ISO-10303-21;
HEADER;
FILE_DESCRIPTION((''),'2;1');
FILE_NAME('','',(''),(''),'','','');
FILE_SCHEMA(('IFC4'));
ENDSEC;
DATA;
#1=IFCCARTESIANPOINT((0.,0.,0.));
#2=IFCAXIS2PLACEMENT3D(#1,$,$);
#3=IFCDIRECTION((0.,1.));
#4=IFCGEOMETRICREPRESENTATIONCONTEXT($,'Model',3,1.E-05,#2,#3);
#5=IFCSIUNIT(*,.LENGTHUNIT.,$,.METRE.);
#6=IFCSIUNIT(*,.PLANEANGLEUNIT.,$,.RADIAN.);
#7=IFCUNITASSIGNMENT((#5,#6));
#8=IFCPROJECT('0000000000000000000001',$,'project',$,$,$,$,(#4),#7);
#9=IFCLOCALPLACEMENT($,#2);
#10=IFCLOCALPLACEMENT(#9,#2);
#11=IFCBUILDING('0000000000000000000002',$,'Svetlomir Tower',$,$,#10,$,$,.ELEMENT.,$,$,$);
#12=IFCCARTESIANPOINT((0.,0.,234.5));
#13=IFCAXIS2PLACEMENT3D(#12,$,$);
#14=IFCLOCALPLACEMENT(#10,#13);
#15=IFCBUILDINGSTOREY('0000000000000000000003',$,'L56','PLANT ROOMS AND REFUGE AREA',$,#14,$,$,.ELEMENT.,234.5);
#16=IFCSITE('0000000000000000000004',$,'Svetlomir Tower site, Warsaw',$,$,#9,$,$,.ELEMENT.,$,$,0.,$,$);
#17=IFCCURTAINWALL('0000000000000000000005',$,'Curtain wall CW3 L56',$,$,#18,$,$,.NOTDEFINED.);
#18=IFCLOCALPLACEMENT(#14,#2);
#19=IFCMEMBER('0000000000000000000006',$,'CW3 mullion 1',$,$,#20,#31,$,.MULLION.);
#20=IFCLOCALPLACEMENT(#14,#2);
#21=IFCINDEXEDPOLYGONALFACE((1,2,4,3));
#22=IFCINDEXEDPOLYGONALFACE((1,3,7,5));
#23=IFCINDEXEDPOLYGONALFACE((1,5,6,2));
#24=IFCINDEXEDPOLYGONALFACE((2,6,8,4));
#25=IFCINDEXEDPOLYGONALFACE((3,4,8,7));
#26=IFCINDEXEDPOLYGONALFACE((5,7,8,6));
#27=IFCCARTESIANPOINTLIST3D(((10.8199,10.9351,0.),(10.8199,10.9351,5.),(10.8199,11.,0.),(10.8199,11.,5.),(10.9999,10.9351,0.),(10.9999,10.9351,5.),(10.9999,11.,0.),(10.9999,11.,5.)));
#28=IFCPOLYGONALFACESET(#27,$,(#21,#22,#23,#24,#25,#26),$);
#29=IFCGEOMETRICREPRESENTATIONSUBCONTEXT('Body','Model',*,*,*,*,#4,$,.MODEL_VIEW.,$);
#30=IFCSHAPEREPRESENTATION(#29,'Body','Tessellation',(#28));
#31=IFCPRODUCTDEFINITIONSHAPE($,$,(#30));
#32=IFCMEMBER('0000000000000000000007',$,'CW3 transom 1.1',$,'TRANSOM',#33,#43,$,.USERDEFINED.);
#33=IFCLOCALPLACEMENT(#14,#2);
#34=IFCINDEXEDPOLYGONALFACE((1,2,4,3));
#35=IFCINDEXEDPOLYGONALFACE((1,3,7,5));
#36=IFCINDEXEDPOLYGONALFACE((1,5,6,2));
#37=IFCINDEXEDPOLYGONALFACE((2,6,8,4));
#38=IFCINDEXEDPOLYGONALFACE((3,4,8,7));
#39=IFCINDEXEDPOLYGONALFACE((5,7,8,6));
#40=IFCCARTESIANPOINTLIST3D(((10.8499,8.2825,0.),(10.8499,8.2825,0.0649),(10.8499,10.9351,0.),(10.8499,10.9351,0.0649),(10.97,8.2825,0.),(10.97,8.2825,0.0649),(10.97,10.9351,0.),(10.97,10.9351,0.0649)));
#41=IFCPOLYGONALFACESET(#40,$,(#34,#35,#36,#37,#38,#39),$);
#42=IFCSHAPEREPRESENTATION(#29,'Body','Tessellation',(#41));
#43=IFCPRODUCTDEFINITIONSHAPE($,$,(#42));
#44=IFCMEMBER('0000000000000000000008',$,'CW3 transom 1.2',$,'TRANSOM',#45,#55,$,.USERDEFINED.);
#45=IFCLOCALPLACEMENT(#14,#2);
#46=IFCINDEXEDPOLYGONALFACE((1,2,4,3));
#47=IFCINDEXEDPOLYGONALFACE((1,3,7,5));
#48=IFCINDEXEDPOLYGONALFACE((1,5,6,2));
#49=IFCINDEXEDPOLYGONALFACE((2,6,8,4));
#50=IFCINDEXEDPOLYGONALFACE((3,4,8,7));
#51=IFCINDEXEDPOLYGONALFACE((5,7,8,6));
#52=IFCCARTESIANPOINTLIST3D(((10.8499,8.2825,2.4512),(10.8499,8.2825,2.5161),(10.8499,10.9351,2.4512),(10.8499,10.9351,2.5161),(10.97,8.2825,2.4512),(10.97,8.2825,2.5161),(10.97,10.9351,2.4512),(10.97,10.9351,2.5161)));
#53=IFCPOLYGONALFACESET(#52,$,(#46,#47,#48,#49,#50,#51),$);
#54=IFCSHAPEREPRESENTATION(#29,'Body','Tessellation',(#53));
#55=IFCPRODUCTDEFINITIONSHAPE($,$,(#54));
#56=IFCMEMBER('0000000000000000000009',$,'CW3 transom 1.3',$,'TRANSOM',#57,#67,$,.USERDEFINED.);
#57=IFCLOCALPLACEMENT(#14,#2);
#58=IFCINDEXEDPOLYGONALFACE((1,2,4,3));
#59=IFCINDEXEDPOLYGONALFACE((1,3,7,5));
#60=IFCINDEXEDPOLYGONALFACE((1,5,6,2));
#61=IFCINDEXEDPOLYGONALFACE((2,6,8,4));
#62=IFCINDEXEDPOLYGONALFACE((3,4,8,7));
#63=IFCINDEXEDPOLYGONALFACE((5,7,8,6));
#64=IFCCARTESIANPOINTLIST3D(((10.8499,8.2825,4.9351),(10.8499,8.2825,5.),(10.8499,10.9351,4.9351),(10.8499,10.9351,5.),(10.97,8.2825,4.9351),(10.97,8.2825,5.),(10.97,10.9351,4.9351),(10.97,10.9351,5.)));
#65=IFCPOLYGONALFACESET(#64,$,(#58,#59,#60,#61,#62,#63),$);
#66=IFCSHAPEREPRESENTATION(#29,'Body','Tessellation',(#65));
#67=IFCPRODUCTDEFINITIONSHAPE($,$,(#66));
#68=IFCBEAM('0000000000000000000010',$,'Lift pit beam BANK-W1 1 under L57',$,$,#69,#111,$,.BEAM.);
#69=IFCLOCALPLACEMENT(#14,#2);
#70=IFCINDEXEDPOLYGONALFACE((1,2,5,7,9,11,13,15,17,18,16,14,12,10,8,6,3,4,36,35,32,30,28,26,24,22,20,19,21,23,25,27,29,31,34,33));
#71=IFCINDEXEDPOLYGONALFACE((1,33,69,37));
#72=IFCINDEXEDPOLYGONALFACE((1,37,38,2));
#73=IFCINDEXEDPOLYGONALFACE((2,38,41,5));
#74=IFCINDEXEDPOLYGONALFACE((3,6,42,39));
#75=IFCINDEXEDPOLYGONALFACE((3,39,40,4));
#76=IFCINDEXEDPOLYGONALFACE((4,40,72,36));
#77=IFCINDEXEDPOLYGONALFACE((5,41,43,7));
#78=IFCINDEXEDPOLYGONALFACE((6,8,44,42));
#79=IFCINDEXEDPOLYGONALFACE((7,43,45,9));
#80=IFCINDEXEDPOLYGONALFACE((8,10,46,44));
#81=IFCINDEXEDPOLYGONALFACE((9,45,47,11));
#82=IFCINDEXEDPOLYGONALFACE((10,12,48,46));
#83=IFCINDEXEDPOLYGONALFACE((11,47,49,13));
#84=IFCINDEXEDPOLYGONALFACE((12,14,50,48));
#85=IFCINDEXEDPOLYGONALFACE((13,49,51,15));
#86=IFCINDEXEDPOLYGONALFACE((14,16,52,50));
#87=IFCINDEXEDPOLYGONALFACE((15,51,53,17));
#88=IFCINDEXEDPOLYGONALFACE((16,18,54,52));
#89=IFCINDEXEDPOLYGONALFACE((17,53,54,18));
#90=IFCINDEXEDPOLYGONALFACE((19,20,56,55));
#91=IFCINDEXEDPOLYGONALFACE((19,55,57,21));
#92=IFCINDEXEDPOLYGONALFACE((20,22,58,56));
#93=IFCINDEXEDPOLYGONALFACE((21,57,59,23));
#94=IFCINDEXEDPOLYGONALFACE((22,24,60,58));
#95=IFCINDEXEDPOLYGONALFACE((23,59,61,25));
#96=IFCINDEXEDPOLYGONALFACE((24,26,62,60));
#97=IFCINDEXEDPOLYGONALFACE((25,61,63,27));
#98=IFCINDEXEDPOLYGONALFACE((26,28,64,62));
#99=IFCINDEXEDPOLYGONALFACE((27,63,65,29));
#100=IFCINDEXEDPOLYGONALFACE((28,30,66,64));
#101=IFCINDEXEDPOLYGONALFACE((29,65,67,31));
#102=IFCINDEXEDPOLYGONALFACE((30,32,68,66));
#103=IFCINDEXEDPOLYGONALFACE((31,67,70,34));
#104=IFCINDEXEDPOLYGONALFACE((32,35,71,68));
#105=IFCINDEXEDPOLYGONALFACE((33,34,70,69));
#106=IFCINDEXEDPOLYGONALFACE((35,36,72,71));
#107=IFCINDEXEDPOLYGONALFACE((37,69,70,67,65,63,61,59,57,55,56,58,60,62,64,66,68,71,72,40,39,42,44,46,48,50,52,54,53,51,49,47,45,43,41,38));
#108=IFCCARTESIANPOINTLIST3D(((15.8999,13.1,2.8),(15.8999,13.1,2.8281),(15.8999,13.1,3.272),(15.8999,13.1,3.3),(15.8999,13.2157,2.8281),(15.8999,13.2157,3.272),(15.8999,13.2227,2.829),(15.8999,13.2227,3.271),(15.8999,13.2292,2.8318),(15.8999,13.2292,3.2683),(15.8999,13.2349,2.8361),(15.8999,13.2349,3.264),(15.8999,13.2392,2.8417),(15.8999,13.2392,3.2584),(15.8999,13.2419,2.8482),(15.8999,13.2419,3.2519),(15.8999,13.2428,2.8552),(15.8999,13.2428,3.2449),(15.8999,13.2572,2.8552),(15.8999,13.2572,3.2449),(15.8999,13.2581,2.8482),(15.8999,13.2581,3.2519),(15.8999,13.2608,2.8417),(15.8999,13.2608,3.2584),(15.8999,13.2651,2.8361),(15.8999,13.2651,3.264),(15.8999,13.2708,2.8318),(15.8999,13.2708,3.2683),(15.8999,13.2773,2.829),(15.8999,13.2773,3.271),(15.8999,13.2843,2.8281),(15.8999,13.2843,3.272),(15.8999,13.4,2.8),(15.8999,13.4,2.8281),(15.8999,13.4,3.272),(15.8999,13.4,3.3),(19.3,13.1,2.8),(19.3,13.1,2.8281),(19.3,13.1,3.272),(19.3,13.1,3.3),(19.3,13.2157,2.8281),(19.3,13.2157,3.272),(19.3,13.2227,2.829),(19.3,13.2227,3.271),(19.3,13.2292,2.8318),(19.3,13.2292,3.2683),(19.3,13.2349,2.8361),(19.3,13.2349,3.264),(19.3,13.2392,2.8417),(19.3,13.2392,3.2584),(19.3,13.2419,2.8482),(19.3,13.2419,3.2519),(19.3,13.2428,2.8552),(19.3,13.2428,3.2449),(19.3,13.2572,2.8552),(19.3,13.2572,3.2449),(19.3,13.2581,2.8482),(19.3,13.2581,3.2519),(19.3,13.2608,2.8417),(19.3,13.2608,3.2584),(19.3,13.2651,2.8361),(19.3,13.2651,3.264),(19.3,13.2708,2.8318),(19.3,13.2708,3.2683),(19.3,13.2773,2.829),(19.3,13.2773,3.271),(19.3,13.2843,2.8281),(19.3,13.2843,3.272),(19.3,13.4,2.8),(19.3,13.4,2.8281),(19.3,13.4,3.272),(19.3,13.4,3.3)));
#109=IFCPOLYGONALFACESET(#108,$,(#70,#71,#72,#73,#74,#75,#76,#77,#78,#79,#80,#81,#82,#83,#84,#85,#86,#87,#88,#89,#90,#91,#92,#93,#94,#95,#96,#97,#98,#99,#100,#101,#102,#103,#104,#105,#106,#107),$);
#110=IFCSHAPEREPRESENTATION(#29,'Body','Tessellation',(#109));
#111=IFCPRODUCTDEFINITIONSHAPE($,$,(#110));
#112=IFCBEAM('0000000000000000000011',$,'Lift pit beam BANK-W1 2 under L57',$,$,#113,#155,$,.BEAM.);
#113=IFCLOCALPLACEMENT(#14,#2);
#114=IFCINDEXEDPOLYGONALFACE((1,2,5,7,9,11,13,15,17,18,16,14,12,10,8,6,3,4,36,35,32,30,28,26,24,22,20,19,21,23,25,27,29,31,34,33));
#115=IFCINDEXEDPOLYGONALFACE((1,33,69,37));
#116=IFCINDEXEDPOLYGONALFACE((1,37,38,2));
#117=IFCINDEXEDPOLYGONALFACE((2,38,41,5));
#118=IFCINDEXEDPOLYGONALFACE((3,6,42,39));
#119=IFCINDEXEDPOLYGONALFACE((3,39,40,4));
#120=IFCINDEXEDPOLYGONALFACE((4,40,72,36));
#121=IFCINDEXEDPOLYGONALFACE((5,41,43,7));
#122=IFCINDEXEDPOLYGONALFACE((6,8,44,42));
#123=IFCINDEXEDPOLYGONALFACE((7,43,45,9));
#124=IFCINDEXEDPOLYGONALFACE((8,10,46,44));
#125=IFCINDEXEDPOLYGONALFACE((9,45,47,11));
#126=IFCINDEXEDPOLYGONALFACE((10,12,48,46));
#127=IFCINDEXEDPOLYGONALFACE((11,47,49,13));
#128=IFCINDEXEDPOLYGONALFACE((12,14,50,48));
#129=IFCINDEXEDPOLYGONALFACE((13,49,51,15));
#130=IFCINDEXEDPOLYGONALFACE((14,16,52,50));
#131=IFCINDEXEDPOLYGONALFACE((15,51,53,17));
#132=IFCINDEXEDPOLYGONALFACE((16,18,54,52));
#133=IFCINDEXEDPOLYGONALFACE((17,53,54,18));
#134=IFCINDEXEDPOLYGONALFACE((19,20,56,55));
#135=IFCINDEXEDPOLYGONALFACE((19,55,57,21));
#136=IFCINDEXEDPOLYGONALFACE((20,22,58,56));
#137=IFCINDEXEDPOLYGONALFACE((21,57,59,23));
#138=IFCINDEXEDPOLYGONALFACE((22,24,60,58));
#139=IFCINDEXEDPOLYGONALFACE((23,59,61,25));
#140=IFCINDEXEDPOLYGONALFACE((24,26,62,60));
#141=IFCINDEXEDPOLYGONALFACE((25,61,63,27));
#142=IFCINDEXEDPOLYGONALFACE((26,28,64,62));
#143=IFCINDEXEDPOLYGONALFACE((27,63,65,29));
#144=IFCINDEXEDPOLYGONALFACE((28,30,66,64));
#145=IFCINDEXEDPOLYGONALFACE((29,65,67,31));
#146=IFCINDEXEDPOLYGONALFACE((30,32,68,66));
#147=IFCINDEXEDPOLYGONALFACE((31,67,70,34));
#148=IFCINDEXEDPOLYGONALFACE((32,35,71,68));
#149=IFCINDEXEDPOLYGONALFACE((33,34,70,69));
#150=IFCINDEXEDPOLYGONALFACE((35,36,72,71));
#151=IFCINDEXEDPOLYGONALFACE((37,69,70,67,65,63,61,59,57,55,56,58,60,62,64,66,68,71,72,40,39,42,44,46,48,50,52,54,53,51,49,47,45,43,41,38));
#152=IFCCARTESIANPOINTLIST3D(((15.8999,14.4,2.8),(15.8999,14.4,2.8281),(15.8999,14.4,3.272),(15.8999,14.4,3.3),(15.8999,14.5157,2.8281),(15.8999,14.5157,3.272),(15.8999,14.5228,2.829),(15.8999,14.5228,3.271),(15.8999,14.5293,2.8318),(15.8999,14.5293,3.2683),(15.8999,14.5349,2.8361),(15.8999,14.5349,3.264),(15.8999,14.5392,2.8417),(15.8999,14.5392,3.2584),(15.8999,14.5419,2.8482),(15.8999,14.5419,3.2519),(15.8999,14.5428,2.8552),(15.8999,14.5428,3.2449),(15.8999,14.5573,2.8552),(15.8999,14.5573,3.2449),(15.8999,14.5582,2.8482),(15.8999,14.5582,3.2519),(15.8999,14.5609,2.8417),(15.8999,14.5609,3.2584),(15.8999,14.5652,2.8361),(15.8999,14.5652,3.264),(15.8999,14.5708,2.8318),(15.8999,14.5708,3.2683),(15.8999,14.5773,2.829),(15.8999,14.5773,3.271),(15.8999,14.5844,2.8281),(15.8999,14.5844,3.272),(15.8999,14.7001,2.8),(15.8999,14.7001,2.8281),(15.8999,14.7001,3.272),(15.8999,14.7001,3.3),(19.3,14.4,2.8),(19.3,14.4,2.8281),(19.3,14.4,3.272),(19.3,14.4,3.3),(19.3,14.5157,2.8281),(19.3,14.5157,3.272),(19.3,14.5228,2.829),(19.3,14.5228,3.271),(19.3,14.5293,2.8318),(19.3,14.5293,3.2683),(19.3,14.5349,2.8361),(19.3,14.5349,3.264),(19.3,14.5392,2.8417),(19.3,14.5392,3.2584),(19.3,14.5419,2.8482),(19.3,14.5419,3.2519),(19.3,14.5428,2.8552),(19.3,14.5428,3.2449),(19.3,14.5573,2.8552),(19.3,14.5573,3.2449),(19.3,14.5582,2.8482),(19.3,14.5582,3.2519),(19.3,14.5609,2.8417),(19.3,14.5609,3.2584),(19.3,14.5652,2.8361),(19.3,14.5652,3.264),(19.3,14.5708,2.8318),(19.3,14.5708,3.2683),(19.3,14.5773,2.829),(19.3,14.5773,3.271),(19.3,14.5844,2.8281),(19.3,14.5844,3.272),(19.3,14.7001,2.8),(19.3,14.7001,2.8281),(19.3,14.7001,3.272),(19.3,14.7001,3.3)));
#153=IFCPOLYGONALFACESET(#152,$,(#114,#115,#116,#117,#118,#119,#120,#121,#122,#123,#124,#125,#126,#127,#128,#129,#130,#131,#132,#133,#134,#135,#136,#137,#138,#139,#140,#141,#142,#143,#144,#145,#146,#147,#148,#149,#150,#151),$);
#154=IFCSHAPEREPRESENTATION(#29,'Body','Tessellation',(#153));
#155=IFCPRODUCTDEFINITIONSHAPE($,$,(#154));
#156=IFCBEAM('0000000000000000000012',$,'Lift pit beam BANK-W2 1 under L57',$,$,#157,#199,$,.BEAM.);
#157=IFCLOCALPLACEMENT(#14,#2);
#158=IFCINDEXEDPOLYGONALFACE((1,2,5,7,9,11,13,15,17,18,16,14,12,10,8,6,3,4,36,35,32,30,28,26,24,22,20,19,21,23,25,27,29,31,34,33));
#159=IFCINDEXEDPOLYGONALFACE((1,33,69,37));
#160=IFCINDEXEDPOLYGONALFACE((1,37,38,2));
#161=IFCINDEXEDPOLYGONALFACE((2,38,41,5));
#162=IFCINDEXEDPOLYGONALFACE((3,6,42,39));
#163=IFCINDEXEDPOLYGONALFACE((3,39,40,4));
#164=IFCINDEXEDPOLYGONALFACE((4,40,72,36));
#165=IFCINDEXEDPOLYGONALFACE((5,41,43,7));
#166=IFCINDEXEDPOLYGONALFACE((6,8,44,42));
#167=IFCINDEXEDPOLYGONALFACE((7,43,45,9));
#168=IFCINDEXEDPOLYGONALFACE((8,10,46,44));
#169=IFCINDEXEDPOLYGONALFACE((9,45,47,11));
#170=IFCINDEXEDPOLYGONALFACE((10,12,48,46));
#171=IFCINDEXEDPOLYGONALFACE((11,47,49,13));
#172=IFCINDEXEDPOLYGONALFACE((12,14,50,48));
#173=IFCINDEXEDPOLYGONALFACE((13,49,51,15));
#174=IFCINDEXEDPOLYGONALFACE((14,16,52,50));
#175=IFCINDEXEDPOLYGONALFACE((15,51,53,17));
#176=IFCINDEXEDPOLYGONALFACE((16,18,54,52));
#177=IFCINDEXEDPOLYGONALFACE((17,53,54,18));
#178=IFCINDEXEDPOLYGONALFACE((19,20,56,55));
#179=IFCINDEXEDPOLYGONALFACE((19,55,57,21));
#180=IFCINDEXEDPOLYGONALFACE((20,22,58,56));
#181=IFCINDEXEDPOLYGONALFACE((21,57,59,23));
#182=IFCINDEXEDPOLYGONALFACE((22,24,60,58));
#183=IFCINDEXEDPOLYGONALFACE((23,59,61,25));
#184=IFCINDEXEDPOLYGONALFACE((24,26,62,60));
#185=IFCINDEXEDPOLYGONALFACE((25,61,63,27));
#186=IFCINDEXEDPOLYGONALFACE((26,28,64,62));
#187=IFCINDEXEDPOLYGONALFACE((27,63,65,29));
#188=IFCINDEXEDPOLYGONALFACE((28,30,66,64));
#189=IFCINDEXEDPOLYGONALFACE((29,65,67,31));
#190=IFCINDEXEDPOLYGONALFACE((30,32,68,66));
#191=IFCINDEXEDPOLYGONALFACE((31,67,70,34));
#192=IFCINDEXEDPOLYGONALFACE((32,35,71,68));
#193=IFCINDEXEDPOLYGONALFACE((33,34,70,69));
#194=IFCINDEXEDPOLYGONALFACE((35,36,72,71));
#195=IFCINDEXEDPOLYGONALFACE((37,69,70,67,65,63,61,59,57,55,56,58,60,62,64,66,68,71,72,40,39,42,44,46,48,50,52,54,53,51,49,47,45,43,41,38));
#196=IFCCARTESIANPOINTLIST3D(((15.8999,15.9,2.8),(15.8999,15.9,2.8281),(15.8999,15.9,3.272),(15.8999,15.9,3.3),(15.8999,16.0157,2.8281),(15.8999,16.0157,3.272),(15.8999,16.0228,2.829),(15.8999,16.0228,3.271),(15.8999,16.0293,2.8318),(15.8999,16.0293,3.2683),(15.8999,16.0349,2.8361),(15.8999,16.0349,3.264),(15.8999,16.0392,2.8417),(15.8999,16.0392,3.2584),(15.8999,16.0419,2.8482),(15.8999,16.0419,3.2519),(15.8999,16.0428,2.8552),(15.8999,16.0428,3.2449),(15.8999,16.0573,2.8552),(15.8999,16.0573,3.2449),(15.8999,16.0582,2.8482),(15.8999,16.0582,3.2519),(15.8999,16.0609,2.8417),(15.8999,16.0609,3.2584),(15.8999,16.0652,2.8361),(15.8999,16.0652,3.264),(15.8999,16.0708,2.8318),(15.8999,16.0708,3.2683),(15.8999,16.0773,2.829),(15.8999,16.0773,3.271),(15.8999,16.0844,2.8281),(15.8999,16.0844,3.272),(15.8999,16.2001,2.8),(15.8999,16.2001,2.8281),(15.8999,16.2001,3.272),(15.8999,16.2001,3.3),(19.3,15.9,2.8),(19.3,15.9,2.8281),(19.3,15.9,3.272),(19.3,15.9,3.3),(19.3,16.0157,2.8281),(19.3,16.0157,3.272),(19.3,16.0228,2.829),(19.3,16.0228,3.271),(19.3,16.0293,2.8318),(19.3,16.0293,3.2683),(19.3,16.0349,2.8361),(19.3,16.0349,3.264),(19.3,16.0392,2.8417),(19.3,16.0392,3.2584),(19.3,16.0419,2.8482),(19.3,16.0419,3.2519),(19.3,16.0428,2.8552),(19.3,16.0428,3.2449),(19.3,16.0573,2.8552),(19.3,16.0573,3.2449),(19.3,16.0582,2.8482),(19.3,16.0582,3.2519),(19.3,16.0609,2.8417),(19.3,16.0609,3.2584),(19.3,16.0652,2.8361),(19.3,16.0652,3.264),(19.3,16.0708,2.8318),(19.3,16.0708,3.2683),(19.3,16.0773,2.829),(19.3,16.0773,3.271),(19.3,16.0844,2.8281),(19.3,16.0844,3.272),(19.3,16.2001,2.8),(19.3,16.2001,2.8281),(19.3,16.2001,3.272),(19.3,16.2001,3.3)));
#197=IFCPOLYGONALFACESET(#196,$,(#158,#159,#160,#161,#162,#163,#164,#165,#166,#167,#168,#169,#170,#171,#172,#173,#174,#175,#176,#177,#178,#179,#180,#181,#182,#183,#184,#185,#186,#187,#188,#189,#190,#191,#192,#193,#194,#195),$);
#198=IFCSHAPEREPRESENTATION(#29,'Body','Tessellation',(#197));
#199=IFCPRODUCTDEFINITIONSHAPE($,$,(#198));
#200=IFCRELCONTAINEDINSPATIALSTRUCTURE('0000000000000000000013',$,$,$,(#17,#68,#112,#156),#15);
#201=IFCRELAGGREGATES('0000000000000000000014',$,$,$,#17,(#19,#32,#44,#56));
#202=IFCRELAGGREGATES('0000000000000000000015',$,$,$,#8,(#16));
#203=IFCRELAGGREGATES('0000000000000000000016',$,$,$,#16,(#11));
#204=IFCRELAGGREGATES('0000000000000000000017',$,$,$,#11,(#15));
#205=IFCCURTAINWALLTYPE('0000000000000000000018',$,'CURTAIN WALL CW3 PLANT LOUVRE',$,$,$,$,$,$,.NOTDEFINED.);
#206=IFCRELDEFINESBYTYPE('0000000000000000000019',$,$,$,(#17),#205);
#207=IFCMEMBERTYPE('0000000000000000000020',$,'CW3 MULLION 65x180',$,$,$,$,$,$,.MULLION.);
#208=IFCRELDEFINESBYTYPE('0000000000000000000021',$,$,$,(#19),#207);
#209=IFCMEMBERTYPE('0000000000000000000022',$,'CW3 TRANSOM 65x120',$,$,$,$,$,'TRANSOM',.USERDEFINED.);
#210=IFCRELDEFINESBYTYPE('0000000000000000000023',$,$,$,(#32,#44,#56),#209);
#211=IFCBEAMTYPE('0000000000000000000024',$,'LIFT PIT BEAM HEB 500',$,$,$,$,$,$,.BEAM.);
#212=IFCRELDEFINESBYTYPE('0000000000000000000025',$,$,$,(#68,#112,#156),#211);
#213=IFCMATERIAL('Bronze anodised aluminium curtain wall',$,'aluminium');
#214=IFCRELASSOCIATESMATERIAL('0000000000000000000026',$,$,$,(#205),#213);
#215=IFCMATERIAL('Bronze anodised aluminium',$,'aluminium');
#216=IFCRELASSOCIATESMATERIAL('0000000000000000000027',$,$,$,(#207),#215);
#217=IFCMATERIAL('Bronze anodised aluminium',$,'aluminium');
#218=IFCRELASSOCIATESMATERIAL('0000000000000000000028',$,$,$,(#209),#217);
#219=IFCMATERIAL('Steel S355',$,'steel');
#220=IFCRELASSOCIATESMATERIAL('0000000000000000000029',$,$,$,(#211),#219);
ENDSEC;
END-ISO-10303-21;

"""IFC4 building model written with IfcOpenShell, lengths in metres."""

from ifc_helpers import new_model, si_unit, direction, frame, origin, origin_2d, place, context, subcontext, project, spatial, rectangle, i_section, extrude, material, material_profile, profile_set, type_object, element, aggregate, save


model = new_model("IFC4")

# Units and contexts
model_context = context("Model", 3, precision=1e-05, world=origin(), true_north=direction((0.0, 1.0)))
body_context = subcontext(model_context, "Body", "Model", "MODEL_VIEW")
ifc_project = project(units=[si_unit("LENGTHUNIT", "METRE"), si_unit("PLANEANGLEUNIT", "RADIAN")], contexts=[model_context])

# Site, building, storey
site_placement = place(None, origin())
site = spatial("IfcSite", under=ifc_project, at=site_placement, Name="Svetlomir Tower site, Warsaw", CompositionType="ELEMENT", RefElevation=0.0)
building_placement = place(site_placement, origin())
building = spatial("IfcBuilding", under=site, at=building_placement, Name="Svetlomir Tower", CompositionType="ELEMENT")
storey_placement = place(building_placement, frame((0.0, 0.0, 234.5)))
storey = spatial("IfcBuildingStorey", under=building, at=storey_placement, Name="L56", Description="PLANT ROOMS AND REFUGE AREA", CompositionType="ELEMENT", Elevation=234.5)

# Curtain wall, members
ifc_material_1 = material(Name="Bronze anodised aluminium curtain wall", Category="aluminium")
curtain_wall_type = type_object("IfcCurtainWallType", Name="CURTAIN WALL CW3 PLANT LOUVRE", PredefinedType="NOTDEFINED", material=ifc_material_1)
curtain_wall_placement = place(storey_placement, origin())
curtain_wall = element("IfcCurtainWall", 1, at=curtain_wall_placement, inside=storey, type_object=curtain_wall_type, Name="Curtain wall CW3 L56", PredefinedType="NOTDEFINED")
ifc_material_2 = material(Name="Bronze anodised aluminium", Category="aluminium")
ifc_material_profile_1 = material_profile(ifc_material_2, rectangle(XDim=0.0649, YDim=0.1799, at=origin_2d()), Name="AL 65x180")
ifc_profile_set_1 = profile_set([ifc_material_profile_1], Name="Bronze anodised aluminium 6063-T6")
member_type_1 = type_object("IfcMemberType", Name="CW3 MULLION 65x180", PredefinedType="MULLION", material=ifc_profile_set_1)
member_1_placement = place(storey_placement, frame((10.9099, 10.9675, 0.0), z_axis=(0.0, 0.0, 1.0), x_axis=(0.0, -1.0, 0.0)))
member_1 = element("IfcMember", 2, at=member_1_placement, type_object=member_type_1, Name="CW3 mullion 1", PredefinedType="MULLION", context=body_context, shape_type="SweptSolid", body=[
    extrude(rectangle(XDim=0.0649, YDim=0.1799, at=origin_2d()), origin(), (0.0, 0.0, 1.0), 5.0),
])
ifc_material_3 = material(Name="Bronze anodised aluminium", Category="aluminium")
ifc_material_profile_2 = material_profile(ifc_material_3, rectangle(XDim=0.1201, YDim=0.0649, at=origin_2d()), Name="AL 120x65")
ifc_profile_set_2 = profile_set([ifc_material_profile_2], Name="Bronze anodised aluminium 6063-T6")
member_type_2 = type_object("IfcMemberType", Name="CW3 TRANSOM 65x120", ElementType="TRANSOM", PredefinedType="USERDEFINED", material=ifc_profile_set_2)
member_2_placement = place(storey_placement, frame((10.9099, 10.9351, 0.0325), z_axis=(0.0, -1.0, 0.0), x_axis=(1.0, 0.0, 0.0)))
member_2 = element("IfcMember", 3, at=member_2_placement, type_object=member_type_2, Name="CW3 transom 1.1", ObjectType="TRANSOM", PredefinedType="USERDEFINED", context=body_context, shape_type="SweptSolid", body=[
    extrude(rectangle(XDim=0.1201, YDim=0.0649, at=origin_2d()), origin(), (0.0, 0.0, 1.0), 2.6526),
])
member_3_placement = place(storey_placement, frame((10.9099, 10.9351, 2.4836), z_axis=(0.0, -1.0, 0.0), x_axis=(1.0, 0.0, 0.0)))
member_3 = element("IfcMember", 4, at=member_3_placement, type_object=member_type_2, Name="CW3 transom 1.2", ObjectType="TRANSOM", PredefinedType="USERDEFINED", context=body_context, shape_type="SweptSolid", body=[
    extrude(rectangle(XDim=0.1201, YDim=0.0649, at=origin_2d()), origin(), (0.0, 0.0, 1.0), 2.6526),
])
member_4_placement = place(storey_placement, frame((10.9099, 10.9351, 4.9675), z_axis=(0.0, -1.0, 0.0), x_axis=(1.0, 0.0, 0.0)))
member_4 = element("IfcMember", 5, at=member_4_placement, type_object=member_type_2, Name="CW3 transom 1.3", ObjectType="TRANSOM", PredefinedType="USERDEFINED", context=body_context, shape_type="SweptSolid", body=[
    extrude(rectangle(XDim=0.1201, YDim=0.0649, at=origin_2d()), origin(), (0.0, 0.0, 1.0), 2.6526),
])
aggregate(curtain_wall, [member_1, member_2, member_3, member_4])

# Beams
ifc_material_4 = material(Name="Steel S355", Category="steel")
ifc_material_profile_3 = material_profile(ifc_material_4, i_section(OverallWidth=0.3, OverallDepth=0.5, WebThickness=0.0144, FlangeThickness=0.0281, FilletRadius=0.0271, at=origin_2d()), Name="HEB 500")
ifc_profile_set_3 = profile_set([ifc_material_profile_3], Name="Steel S355")
beam_type = type_object("IfcBeamType", Name="LIFT PIT BEAM HEB 500", PredefinedType="BEAM", material=ifc_profile_set_3)
for number, where, z_axis, x_axis, name in (
    (6, (15.8999, 13.25, 3.05), (1.0, 0.0, 0.0), (0.0, 1.0, 0.0), "Lift pit beam BANK-W1 1 under L57"),
    (7, (15.8999, 14.55, 3.05), (1.0, 0.0, 0.0), (0.0, 1.0, 0.0), "Lift pit beam BANK-W1 2 under L57"),
    (8, (15.8999, 16.05, 3.05), (1.0, 0.0, 0.0), (0.0, 1.0, 0.0), "Lift pit beam BANK-W2 1 under L57"),
):
    element("IfcBeam", number, at=place(storey_placement, frame(where, z_axis=z_axis, x_axis=x_axis)), inside=storey, type_object=beam_type, Name=name, PredefinedType="BEAM", context=body_context, shape_type="SweptSolid", body=[
        extrude(i_section(OverallWidth=0.3, OverallDepth=0.5, WebThickness=0.0144, FlangeThickness=0.0281, FilletRadius=0.0271, at=origin_2d()), origin(), (0.0, 0.0, 1.0), 3.4001),
    ])

save(model, "model.ifc")
